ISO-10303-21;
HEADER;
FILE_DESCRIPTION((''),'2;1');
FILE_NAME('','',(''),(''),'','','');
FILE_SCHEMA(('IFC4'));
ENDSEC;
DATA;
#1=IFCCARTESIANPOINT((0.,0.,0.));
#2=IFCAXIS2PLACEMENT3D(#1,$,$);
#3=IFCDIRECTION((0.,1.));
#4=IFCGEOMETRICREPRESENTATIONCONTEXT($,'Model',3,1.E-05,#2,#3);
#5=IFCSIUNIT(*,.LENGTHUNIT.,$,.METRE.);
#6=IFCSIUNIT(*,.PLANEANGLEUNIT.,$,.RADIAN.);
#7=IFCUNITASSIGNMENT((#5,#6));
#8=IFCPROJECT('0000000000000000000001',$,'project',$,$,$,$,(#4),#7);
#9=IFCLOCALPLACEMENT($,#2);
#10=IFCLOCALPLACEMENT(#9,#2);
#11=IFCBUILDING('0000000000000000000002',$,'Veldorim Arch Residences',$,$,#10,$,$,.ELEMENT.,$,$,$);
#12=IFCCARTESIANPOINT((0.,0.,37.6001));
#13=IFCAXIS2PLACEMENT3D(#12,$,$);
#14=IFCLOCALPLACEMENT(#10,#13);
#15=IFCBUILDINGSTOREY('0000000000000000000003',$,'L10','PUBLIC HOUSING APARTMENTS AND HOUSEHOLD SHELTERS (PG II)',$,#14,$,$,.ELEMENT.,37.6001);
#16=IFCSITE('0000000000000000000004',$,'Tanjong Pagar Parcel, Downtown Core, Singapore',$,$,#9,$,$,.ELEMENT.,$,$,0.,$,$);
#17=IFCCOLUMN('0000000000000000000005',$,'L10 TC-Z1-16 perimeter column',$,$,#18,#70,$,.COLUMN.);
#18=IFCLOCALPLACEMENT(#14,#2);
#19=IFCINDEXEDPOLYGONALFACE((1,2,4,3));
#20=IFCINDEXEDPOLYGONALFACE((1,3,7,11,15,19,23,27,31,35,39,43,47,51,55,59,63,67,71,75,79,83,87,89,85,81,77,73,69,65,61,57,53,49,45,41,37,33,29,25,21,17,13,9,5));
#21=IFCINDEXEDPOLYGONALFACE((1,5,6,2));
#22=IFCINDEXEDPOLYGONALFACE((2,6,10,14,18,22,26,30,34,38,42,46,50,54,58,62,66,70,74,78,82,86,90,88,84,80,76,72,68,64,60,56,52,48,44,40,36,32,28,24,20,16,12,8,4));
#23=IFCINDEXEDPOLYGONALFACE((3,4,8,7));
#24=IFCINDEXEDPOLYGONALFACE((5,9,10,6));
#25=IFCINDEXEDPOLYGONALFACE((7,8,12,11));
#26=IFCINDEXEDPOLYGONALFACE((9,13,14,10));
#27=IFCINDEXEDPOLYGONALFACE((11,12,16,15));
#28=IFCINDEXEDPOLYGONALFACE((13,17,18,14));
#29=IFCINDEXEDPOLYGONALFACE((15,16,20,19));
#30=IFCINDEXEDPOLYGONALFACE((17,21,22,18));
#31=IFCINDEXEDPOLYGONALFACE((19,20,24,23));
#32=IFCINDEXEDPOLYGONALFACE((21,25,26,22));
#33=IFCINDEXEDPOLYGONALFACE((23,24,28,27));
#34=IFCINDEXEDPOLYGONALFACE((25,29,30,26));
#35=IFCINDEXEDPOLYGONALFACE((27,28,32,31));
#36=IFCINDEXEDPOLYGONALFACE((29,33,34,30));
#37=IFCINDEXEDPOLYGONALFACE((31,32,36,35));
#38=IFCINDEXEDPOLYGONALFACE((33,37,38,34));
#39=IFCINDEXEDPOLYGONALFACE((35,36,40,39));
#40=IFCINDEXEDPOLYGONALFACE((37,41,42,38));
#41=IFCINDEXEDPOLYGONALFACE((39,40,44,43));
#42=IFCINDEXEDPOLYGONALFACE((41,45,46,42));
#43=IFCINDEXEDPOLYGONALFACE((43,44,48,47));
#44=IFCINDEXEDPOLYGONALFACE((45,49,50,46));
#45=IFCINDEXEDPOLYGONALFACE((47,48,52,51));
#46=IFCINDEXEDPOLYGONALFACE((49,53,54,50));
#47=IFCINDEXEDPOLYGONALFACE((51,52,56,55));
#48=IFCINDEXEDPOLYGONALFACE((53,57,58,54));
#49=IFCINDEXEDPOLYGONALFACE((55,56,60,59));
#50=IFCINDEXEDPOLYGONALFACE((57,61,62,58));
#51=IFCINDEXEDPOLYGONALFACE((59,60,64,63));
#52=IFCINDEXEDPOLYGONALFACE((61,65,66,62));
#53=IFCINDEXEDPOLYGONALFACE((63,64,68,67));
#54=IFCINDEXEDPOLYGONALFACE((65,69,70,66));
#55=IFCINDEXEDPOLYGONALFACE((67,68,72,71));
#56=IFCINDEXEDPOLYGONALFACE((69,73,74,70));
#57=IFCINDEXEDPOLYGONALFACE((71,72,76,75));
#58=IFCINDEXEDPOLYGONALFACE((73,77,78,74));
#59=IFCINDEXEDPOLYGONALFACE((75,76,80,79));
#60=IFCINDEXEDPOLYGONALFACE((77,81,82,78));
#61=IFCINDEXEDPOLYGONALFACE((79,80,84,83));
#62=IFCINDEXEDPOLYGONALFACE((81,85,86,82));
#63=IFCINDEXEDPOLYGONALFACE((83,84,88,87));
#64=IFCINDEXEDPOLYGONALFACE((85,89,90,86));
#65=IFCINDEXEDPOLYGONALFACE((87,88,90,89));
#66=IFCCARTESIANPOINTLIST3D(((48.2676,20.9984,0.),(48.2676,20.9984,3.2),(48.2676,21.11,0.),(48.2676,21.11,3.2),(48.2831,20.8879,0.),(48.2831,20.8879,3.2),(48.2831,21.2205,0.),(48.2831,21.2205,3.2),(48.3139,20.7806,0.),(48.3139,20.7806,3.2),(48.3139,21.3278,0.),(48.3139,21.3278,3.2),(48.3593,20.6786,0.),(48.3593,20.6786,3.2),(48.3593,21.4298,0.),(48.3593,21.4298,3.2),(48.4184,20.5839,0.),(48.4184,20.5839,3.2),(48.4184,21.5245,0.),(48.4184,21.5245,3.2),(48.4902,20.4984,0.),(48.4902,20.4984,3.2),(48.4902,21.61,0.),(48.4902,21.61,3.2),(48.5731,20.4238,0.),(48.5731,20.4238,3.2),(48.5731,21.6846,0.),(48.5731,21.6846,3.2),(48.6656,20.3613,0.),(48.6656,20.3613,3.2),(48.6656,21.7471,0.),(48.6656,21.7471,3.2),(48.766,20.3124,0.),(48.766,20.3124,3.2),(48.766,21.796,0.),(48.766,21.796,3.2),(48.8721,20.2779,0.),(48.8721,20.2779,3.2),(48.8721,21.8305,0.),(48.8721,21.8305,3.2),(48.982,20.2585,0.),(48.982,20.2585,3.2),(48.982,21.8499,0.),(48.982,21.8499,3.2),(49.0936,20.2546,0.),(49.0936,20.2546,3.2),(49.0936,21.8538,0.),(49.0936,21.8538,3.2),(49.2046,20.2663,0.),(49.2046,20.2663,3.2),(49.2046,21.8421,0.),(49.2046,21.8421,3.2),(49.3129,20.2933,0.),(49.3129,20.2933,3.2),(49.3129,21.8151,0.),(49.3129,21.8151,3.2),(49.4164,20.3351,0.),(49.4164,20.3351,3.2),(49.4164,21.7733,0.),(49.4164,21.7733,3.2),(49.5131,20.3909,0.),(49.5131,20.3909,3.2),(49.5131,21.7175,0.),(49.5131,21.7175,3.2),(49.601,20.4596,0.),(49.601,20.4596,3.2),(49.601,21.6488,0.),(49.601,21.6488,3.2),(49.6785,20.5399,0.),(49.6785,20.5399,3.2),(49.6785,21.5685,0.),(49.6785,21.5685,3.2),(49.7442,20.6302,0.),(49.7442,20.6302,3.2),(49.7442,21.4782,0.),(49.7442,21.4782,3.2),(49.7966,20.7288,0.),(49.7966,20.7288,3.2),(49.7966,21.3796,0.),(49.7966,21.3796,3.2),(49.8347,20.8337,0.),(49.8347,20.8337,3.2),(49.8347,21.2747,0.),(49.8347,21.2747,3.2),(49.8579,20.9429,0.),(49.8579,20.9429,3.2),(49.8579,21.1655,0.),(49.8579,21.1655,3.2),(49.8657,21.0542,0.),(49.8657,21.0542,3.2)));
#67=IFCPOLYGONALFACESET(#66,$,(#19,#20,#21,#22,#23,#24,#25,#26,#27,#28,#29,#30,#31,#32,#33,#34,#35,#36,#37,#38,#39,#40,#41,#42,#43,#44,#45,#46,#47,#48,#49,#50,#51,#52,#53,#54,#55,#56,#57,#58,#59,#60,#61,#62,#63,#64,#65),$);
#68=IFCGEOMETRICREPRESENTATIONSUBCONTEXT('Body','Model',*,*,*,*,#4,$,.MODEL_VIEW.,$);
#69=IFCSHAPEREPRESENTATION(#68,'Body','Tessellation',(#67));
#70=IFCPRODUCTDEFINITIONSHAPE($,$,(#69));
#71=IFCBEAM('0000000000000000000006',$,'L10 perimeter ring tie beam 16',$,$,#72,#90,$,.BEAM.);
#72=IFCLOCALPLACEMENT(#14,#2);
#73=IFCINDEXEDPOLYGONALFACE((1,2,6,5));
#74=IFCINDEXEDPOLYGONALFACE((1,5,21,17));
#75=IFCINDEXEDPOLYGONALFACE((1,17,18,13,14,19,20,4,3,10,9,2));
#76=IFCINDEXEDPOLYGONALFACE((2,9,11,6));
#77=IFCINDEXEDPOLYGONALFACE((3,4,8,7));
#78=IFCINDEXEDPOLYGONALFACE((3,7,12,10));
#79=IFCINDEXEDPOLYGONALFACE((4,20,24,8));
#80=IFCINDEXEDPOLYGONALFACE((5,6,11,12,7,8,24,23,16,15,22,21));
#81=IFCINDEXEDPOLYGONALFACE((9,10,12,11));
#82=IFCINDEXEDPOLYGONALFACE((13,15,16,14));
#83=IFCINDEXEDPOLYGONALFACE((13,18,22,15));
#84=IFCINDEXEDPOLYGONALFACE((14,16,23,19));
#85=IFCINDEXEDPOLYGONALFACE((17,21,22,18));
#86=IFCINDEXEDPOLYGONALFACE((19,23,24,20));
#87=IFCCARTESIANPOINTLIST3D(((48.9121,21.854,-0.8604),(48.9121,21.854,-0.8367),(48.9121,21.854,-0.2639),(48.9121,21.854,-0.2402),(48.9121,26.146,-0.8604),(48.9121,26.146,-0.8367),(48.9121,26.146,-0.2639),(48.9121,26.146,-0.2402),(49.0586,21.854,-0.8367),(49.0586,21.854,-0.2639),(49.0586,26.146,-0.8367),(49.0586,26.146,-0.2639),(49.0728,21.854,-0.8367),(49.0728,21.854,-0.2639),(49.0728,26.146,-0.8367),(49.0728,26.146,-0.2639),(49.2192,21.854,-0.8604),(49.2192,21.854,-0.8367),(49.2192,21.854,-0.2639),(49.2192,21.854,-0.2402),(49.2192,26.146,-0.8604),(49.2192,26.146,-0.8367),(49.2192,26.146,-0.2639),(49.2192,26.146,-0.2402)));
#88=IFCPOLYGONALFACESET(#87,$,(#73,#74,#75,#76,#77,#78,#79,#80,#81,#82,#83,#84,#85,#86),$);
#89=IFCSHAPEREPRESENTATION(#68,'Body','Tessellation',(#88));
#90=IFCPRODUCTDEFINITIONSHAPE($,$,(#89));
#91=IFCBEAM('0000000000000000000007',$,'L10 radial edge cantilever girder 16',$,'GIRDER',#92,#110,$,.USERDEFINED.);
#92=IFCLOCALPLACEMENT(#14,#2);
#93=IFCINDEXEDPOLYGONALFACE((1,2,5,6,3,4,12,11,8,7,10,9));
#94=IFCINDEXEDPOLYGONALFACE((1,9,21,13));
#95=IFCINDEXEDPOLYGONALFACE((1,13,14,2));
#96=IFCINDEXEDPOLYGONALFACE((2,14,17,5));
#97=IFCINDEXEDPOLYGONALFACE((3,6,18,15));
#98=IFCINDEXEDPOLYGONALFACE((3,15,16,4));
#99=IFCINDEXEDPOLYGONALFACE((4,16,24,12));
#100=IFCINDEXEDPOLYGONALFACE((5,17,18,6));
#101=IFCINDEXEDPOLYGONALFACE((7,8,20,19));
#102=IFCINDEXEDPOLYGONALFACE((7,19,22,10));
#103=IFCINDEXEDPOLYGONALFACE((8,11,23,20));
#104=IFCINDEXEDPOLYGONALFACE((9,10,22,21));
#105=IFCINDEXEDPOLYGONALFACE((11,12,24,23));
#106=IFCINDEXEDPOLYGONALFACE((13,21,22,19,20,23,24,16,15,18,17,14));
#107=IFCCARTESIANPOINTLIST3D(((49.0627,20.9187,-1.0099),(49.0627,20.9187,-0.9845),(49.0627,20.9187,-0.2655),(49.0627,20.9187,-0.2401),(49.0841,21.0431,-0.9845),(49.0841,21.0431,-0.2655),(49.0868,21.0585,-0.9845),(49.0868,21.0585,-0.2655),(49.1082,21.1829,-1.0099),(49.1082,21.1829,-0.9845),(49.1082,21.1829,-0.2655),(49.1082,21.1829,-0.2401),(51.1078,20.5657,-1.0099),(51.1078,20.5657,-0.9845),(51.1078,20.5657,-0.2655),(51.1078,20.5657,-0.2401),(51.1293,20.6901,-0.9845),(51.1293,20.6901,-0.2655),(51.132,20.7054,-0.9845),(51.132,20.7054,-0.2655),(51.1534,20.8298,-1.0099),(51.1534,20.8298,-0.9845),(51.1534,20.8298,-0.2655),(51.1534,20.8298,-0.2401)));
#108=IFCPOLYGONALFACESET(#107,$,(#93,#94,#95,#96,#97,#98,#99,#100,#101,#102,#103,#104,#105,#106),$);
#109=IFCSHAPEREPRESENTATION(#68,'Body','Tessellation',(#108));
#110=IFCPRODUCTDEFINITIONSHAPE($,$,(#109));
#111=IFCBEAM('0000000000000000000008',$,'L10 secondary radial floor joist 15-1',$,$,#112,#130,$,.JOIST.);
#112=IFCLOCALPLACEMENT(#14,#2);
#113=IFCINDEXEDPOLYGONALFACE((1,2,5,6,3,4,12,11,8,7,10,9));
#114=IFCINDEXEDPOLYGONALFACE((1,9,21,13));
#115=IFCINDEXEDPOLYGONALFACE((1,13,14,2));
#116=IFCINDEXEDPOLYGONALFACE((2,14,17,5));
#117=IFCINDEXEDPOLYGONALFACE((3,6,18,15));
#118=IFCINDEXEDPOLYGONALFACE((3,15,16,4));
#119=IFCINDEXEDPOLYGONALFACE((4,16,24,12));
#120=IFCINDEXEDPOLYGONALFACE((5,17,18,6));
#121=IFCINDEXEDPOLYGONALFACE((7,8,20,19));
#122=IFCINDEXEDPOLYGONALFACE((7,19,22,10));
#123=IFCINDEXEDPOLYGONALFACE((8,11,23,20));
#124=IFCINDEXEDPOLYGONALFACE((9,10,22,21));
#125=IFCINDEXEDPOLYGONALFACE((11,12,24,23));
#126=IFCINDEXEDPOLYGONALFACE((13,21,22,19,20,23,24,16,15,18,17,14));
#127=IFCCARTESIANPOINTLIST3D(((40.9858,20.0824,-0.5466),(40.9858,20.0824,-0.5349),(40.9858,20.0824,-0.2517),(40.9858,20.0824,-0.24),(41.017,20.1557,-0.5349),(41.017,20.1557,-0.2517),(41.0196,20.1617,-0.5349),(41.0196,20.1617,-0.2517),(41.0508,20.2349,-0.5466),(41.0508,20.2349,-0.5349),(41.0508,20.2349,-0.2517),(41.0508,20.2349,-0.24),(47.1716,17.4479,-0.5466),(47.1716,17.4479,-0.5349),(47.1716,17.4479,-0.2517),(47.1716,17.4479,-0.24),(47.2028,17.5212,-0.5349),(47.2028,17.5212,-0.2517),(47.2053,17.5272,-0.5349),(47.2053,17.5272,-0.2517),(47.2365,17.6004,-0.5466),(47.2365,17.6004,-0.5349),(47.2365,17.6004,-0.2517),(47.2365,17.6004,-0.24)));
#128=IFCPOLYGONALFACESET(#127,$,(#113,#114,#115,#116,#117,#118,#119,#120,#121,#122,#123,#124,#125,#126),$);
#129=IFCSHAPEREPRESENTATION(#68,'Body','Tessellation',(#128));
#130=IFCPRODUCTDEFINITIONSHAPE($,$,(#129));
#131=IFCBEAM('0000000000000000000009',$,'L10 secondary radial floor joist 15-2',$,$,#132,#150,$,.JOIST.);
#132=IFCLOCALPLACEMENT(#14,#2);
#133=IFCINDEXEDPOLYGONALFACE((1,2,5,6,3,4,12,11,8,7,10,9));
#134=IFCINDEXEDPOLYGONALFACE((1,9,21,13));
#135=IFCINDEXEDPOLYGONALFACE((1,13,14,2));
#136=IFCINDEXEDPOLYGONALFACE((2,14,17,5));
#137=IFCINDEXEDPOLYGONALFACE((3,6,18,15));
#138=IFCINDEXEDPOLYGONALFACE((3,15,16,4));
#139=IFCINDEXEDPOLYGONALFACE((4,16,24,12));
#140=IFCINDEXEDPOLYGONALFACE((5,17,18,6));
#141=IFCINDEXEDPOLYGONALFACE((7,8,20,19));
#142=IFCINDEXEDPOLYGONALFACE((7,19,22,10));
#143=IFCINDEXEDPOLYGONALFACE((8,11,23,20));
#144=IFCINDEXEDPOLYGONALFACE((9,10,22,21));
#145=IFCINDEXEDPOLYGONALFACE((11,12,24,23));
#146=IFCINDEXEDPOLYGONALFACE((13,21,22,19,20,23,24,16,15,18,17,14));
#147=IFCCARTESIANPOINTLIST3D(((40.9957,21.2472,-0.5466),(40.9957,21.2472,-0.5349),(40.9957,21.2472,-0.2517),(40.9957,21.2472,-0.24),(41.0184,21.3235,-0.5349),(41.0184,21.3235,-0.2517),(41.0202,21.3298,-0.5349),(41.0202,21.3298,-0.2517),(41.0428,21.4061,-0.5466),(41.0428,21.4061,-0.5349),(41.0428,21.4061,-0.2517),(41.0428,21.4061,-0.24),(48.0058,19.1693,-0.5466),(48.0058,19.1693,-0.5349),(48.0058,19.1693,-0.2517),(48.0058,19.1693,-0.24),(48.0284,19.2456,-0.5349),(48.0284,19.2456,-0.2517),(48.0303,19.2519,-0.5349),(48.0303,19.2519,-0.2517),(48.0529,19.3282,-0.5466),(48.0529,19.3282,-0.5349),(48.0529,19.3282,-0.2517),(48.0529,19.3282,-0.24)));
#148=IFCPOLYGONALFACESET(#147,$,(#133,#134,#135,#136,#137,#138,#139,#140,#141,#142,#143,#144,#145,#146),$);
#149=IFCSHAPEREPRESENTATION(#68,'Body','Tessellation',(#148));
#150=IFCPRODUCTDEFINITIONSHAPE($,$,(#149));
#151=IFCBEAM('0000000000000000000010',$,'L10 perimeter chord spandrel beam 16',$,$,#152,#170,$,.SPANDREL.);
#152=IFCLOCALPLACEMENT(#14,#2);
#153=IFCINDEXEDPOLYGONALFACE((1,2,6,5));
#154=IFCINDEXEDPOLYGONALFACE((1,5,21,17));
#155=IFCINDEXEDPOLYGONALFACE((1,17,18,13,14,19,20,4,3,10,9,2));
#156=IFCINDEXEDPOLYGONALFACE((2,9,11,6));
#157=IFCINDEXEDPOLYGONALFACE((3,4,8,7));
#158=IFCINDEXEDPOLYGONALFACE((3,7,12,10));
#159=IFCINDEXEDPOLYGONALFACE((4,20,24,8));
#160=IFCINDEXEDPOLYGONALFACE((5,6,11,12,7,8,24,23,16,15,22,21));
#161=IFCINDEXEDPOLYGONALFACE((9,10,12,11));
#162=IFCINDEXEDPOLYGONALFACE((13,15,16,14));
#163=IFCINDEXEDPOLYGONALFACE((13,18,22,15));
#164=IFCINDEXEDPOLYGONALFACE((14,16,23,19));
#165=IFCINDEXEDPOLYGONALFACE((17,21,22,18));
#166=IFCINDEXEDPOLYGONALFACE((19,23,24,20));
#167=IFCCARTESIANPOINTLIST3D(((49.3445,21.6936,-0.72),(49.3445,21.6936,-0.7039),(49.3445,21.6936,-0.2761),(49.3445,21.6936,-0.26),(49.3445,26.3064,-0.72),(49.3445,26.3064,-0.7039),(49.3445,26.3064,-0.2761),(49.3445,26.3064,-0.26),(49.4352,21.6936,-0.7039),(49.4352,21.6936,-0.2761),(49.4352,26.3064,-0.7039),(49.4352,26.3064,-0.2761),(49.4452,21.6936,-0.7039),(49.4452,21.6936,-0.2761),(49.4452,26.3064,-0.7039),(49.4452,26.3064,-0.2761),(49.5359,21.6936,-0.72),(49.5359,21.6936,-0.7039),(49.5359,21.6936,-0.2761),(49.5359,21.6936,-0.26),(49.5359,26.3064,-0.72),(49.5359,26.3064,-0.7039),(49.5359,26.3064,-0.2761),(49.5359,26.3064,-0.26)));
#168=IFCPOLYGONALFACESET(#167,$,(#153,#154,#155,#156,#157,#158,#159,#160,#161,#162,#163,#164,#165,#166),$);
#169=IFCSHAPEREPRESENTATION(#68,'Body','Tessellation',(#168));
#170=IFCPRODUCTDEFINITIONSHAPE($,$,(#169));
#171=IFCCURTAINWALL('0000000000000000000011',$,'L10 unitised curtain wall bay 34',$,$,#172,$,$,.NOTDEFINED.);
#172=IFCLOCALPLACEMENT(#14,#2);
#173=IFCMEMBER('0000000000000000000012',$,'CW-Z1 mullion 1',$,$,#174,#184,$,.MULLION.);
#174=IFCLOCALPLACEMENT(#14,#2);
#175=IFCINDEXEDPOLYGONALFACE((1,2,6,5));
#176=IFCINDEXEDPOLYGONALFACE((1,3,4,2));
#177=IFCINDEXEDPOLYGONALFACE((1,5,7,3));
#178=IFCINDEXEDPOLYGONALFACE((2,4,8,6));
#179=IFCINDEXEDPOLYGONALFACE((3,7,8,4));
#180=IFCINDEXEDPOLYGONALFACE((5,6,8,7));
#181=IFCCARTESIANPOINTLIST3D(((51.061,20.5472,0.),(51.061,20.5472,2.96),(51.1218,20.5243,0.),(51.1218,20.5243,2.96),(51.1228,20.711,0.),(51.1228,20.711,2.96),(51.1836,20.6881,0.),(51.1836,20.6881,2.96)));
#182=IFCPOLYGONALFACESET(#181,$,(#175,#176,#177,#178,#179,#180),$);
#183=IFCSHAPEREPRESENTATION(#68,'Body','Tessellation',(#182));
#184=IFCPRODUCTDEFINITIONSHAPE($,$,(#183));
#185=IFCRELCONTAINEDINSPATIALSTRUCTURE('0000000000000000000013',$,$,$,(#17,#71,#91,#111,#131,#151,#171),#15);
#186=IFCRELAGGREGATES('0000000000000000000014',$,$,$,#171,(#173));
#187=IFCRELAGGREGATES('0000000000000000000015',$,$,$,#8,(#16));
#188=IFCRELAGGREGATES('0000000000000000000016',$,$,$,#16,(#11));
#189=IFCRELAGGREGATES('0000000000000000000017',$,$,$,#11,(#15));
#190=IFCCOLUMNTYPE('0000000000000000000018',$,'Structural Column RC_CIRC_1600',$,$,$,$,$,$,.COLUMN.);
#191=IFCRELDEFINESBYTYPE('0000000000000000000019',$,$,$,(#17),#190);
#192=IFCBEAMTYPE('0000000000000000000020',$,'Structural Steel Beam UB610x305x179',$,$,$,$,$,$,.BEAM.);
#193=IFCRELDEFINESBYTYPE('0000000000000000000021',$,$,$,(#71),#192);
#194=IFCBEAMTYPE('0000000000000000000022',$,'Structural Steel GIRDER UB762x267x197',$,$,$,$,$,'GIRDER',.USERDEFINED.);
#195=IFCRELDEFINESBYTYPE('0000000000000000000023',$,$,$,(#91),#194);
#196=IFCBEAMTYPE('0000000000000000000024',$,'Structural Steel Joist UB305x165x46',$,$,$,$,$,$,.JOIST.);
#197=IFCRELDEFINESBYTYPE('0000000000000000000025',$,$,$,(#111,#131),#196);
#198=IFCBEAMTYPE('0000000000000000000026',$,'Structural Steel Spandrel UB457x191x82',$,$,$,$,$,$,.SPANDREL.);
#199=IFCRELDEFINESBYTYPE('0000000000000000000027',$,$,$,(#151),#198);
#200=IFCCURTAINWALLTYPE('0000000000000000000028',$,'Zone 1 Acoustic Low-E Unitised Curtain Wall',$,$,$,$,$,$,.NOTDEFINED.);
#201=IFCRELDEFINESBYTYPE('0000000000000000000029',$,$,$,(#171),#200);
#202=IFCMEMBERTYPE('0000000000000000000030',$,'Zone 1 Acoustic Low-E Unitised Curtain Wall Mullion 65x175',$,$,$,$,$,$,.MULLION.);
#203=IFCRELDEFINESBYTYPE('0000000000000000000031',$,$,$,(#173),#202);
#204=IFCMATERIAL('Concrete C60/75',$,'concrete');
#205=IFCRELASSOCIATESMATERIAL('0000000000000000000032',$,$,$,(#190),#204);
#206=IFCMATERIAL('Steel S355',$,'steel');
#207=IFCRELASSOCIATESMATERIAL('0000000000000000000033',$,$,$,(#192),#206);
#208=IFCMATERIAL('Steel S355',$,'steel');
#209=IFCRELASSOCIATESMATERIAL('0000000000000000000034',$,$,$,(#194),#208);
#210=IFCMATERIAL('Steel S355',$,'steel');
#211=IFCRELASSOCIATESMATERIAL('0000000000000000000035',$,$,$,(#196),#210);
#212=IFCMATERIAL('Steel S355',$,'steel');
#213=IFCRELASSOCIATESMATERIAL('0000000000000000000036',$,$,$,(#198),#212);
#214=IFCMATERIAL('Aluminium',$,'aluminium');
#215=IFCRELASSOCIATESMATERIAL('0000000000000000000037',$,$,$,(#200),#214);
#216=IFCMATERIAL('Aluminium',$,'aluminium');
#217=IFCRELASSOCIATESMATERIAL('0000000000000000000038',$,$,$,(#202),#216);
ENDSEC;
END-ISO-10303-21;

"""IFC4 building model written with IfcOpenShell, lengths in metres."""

from ifc_helpers import new_model, si_unit, direction, frame, origin, origin_2d, place, context, subcontext, project, spatial, rectangle, circle, i_section, extrude, material, material_profile, profile_set, type_object, element, aggregate, save


model = new_model("IFC4")

# Units and contexts
model_context = context("Model", 3, precision=1e-05, world=origin(), true_north=direction((0.0, 1.0)))
body_context = subcontext(model_context, "Body", "Model", "MODEL_VIEW")
ifc_project = project(units=[si_unit("LENGTHUNIT", "METRE"), si_unit("PLANEANGLEUNIT", "RADIAN")], contexts=[model_context])

# Site, building, storey
site_placement = place(None, origin())
site = spatial("IfcSite", under=ifc_project, at=site_placement, Name="Tanjong Pagar Parcel, Downtown Core, Singapore", CompositionType="ELEMENT", RefElevation=0.0)
building_placement = place(site_placement, origin())
building = spatial("IfcBuilding", under=site, at=building_placement, Name="Veldorim Arch Residences", CompositionType="ELEMENT")
storey_placement = place(building_placement, frame((0.0, 0.0, 37.6001)))
storey = spatial("IfcBuildingStorey", under=building, at=storey_placement, Name="L10", Description="PUBLIC HOUSING APARTMENTS AND HOUSEHOLD SHELTERS (PG II)", CompositionType="ELEMENT", Elevation=37.6001)

# Column
ifc_material_1 = material(Name="Concrete C60/75", Category="concrete")
ifc_material_profile_1 = material_profile(ifc_material_1, circle(Radius=0.8, at=origin_2d()), Name="RC_CIRC_1600")
ifc_profile_set_1 = profile_set([ifc_material_profile_1], Name="Concrete C60/75")
column_type = type_object("IfcColumnType", Name="Structural Column RC_CIRC_1600", PredefinedType="COLUMN", material=ifc_profile_set_1)
column_placement = place(storey_placement, frame((49.0657, 21.0542, 0.0), z_axis=(0.0, 0.0, 1.0), x_axis=(1.0, 0.0, 0.0)))
element("IfcColumn", 1, at=column_placement, inside=storey, type_object=column_type, Name="L10 TC-Z1-16 perimeter column", PredefinedType="COLUMN", context=body_context, shape_type="SweptSolid", body=[
    extrude(circle(Radius=0.8, at=origin_2d()), origin(), (0.0, 0.0, 1.0), 3.2),
])

# Beams
ifc_material_2 = material(Name="Steel S355", Category="steel")
ifc_material_profile_2 = material_profile(ifc_material_2, i_section(OverallWidth=0.3071, OverallDepth=0.6201, WebThickness=0.0142, FlangeThickness=0.0237, at=origin_2d()), Name="UB610x305x179")
ifc_profile_set_2 = profile_set([ifc_material_profile_2], Name="Steel S355")
beam_type_1 = type_object("IfcBeamType", Name="Structural Steel Beam UB610x305x179", PredefinedType="BEAM", material=ifc_profile_set_2)
beam_1_placement = place(storey_placement, frame((49.0657, 21.854, -0.5503), z_axis=(0.0, 1.0, 0.0), x_axis=(-1.0, 0.0, 0.0)))
element("IfcBeam", 2, at=beam_1_placement, inside=storey, type_object=beam_type_1, Name="L10 perimeter ring tie beam 16", PredefinedType="BEAM", context=body_context, shape_type="SweptSolid", body=[
    extrude(i_section(OverallWidth=0.3071, OverallDepth=0.6201, WebThickness=0.0142, FlangeThickness=0.0237, at=origin_2d()), origin(), (0.0, 0.0, 1.0), 4.292),
])
ifc_material_3 = material(Name="Steel S355", Category="steel")
ifc_material_profile_3 = material_profile(ifc_material_3, i_section(OverallWidth=0.2681, OverallDepth=0.7698, WebThickness=0.0156, FlangeThickness=0.0254, at=origin_2d()), Name="UB762x267x197")
ifc_profile_set_3 = profile_set([ifc_material_profile_3], Name="Steel S355")
beam_type_2 = type_object("IfcBeamType", Name="Structural Steel GIRDER UB762x267x197", ElementType="GIRDER", PredefinedType="USERDEFINED", material=ifc_profile_set_3)
beam_2_placement = place(storey_placement, frame((49.0854, 21.0508, -0.625), z_axis=(0.985427, -0.1701, 0.0), x_axis=(0.1701, 0.985427, 0.0)))
element("IfcBeam", 3, at=beam_2_placement, inside=storey, type_object=beam_type_2, Name="L10 radial edge cantilever girder 16", ObjectType="GIRDER", PredefinedType="USERDEFINED", context=body_context, shape_type="SweptSolid", body=[
    extrude(i_section(OverallWidth=0.2681, OverallDepth=0.7698, WebThickness=0.0156, FlangeThickness=0.0254, at=origin_2d()), origin(), (0.0, 0.0, 1.0), 2.0754),
])
ifc_material_4 = material(Name="Steel S355", Category="steel")
ifc_material_profile_4 = material_profile(ifc_material_4, i_section(OverallWidth=0.1658, OverallDepth=0.3066, WebThickness=0.0066, FlangeThickness=0.0117, at=origin_2d()), Name="UB305x165x46")
ifc_profile_set_4 = profile_set([ifc_material_profile_4], Name="Steel S355")
beam_type_3 = type_object("IfcBeamType", Name="Structural Steel Joist UB305x165x46", PredefinedType="JOIST", material=ifc_profile_set_4)
beam_3_placement = place(storey_placement, frame((41.0183, 20.1587, -0.3933), z_axis=(0.920033, -0.391841, 0.0), x_axis=(0.391841, 0.920033, 0.0)))
element("IfcBeam", 4, at=beam_3_placement, inside=storey, type_object=beam_type_3, Name="L10 secondary radial floor joist 15-1", PredefinedType="JOIST", context=body_context, shape_type="SweptSolid", body=[
    extrude(i_section(OverallWidth=0.1658, OverallDepth=0.3066, WebThickness=0.0066, FlangeThickness=0.0117, at=origin_2d()), origin(), (0.0, 0.0, 1.0), 6.7234),
])
beam_4_placement = place(storey_placement, frame((41.0193, 21.3267, -0.3933), z_axis=(0.958767, -0.284194, 0.0), x_axis=(0.284194, 0.958767, 0.0)))
element("IfcBeam", 5, at=beam_4_placement, inside=storey, type_object=beam_type_3, Name="L10 secondary radial floor joist 15-2", PredefinedType="JOIST", context=body_context, shape_type="SweptSolid", body=[
    extrude(i_section(OverallWidth=0.1658, OverallDepth=0.3066, WebThickness=0.0066, FlangeThickness=0.0117, at=origin_2d()), origin(), (0.0, 0.0, 1.0), 7.3115),
])
ifc_material_5 = material(Name="Steel S355", Category="steel")
ifc_material_profile_5 = material_profile(ifc_material_5, i_section(OverallWidth=0.1914, OverallDepth=0.46, WebThickness=0.01, FlangeThickness=0.0161, at=origin_2d()), Name="UB457x191x82")
ifc_profile_set_5 = profile_set([ifc_material_profile_5], Name="Steel S355")
beam_type_4 = type_object("IfcBeamType", Name="Structural Steel Spandrel UB457x191x82", PredefinedType="SPANDREL", material=ifc_profile_set_5)
beam_5_placement = place(storey_placement, frame((49.4402, 21.6936, -0.49), z_axis=(0.0, 1.0, 0.0), x_axis=(-1.0, 0.0, 0.0)))
element("IfcBeam", 6, at=beam_5_placement, inside=storey, type_object=beam_type_4, Name="L10 perimeter chord spandrel beam 16", PredefinedType="SPANDREL", context=body_context, shape_type="SweptSolid", body=[
    extrude(i_section(OverallWidth=0.1914, OverallDepth=0.46, WebThickness=0.01, FlangeThickness=0.0161, at=origin_2d()), origin(), (0.0, 0.0, 1.0), 4.6128),
])

# Curtain wall, member
ifc_material_6 = material(Name="Aluminium", Category="aluminium")
curtain_wall_type = type_object("IfcCurtainWallType", Name="Zone 1 Acoustic Low-E Unitised Curtain Wall", PredefinedType="NOTDEFINED", material=ifc_material_6)
curtain_wall_placement = place(storey_placement, origin())
curtain_wall = element("IfcCurtainWall", 7, at=curtain_wall_placement, inside=storey, type_object=curtain_wall_type, Name="L10 unitised curtain wall bay 34", PredefinedType="NOTDEFINED")
ifc_material_7 = material(Name="Aluminium", Category="aluminium")
ifc_material_profile_6 = material_profile(ifc_material_7, rectangle(XDim=0.0649, YDim=0.175, at=origin_2d()), Name="ALU_MUL_65x175")
ifc_profile_set_6 = profile_set([ifc_material_profile_6], Name="Aluminium")
member_type_1 = type_object("IfcMemberType", Name="Zone 1 Acoustic Low-E Unitised Curtain Wall Mullion 65x175", PredefinedType="MULLION", material=ifc_profile_set_6)
member_1_placement = place(storey_placement, frame((51.1223, 20.6177, 0.0), z_axis=(0.0, 0.0, 1.0), x_axis=(0.935656, -0.352914, 0.0)))
member_1 = element("IfcMember", 8, at=member_1_placement, type_object=member_type_1, Name="CW-Z1 mullion 1", PredefinedType="MULLION", context=body_context, shape_type="SweptSolid", body=[
    extrude(rectangle(XDim=0.0649, YDim=0.175, at=origin_2d()), origin(), (0.0, 0.0, 1.0), 2.96),
])
aggregate(curtain_wall, [member_1])

save(model, "model.ifc")
